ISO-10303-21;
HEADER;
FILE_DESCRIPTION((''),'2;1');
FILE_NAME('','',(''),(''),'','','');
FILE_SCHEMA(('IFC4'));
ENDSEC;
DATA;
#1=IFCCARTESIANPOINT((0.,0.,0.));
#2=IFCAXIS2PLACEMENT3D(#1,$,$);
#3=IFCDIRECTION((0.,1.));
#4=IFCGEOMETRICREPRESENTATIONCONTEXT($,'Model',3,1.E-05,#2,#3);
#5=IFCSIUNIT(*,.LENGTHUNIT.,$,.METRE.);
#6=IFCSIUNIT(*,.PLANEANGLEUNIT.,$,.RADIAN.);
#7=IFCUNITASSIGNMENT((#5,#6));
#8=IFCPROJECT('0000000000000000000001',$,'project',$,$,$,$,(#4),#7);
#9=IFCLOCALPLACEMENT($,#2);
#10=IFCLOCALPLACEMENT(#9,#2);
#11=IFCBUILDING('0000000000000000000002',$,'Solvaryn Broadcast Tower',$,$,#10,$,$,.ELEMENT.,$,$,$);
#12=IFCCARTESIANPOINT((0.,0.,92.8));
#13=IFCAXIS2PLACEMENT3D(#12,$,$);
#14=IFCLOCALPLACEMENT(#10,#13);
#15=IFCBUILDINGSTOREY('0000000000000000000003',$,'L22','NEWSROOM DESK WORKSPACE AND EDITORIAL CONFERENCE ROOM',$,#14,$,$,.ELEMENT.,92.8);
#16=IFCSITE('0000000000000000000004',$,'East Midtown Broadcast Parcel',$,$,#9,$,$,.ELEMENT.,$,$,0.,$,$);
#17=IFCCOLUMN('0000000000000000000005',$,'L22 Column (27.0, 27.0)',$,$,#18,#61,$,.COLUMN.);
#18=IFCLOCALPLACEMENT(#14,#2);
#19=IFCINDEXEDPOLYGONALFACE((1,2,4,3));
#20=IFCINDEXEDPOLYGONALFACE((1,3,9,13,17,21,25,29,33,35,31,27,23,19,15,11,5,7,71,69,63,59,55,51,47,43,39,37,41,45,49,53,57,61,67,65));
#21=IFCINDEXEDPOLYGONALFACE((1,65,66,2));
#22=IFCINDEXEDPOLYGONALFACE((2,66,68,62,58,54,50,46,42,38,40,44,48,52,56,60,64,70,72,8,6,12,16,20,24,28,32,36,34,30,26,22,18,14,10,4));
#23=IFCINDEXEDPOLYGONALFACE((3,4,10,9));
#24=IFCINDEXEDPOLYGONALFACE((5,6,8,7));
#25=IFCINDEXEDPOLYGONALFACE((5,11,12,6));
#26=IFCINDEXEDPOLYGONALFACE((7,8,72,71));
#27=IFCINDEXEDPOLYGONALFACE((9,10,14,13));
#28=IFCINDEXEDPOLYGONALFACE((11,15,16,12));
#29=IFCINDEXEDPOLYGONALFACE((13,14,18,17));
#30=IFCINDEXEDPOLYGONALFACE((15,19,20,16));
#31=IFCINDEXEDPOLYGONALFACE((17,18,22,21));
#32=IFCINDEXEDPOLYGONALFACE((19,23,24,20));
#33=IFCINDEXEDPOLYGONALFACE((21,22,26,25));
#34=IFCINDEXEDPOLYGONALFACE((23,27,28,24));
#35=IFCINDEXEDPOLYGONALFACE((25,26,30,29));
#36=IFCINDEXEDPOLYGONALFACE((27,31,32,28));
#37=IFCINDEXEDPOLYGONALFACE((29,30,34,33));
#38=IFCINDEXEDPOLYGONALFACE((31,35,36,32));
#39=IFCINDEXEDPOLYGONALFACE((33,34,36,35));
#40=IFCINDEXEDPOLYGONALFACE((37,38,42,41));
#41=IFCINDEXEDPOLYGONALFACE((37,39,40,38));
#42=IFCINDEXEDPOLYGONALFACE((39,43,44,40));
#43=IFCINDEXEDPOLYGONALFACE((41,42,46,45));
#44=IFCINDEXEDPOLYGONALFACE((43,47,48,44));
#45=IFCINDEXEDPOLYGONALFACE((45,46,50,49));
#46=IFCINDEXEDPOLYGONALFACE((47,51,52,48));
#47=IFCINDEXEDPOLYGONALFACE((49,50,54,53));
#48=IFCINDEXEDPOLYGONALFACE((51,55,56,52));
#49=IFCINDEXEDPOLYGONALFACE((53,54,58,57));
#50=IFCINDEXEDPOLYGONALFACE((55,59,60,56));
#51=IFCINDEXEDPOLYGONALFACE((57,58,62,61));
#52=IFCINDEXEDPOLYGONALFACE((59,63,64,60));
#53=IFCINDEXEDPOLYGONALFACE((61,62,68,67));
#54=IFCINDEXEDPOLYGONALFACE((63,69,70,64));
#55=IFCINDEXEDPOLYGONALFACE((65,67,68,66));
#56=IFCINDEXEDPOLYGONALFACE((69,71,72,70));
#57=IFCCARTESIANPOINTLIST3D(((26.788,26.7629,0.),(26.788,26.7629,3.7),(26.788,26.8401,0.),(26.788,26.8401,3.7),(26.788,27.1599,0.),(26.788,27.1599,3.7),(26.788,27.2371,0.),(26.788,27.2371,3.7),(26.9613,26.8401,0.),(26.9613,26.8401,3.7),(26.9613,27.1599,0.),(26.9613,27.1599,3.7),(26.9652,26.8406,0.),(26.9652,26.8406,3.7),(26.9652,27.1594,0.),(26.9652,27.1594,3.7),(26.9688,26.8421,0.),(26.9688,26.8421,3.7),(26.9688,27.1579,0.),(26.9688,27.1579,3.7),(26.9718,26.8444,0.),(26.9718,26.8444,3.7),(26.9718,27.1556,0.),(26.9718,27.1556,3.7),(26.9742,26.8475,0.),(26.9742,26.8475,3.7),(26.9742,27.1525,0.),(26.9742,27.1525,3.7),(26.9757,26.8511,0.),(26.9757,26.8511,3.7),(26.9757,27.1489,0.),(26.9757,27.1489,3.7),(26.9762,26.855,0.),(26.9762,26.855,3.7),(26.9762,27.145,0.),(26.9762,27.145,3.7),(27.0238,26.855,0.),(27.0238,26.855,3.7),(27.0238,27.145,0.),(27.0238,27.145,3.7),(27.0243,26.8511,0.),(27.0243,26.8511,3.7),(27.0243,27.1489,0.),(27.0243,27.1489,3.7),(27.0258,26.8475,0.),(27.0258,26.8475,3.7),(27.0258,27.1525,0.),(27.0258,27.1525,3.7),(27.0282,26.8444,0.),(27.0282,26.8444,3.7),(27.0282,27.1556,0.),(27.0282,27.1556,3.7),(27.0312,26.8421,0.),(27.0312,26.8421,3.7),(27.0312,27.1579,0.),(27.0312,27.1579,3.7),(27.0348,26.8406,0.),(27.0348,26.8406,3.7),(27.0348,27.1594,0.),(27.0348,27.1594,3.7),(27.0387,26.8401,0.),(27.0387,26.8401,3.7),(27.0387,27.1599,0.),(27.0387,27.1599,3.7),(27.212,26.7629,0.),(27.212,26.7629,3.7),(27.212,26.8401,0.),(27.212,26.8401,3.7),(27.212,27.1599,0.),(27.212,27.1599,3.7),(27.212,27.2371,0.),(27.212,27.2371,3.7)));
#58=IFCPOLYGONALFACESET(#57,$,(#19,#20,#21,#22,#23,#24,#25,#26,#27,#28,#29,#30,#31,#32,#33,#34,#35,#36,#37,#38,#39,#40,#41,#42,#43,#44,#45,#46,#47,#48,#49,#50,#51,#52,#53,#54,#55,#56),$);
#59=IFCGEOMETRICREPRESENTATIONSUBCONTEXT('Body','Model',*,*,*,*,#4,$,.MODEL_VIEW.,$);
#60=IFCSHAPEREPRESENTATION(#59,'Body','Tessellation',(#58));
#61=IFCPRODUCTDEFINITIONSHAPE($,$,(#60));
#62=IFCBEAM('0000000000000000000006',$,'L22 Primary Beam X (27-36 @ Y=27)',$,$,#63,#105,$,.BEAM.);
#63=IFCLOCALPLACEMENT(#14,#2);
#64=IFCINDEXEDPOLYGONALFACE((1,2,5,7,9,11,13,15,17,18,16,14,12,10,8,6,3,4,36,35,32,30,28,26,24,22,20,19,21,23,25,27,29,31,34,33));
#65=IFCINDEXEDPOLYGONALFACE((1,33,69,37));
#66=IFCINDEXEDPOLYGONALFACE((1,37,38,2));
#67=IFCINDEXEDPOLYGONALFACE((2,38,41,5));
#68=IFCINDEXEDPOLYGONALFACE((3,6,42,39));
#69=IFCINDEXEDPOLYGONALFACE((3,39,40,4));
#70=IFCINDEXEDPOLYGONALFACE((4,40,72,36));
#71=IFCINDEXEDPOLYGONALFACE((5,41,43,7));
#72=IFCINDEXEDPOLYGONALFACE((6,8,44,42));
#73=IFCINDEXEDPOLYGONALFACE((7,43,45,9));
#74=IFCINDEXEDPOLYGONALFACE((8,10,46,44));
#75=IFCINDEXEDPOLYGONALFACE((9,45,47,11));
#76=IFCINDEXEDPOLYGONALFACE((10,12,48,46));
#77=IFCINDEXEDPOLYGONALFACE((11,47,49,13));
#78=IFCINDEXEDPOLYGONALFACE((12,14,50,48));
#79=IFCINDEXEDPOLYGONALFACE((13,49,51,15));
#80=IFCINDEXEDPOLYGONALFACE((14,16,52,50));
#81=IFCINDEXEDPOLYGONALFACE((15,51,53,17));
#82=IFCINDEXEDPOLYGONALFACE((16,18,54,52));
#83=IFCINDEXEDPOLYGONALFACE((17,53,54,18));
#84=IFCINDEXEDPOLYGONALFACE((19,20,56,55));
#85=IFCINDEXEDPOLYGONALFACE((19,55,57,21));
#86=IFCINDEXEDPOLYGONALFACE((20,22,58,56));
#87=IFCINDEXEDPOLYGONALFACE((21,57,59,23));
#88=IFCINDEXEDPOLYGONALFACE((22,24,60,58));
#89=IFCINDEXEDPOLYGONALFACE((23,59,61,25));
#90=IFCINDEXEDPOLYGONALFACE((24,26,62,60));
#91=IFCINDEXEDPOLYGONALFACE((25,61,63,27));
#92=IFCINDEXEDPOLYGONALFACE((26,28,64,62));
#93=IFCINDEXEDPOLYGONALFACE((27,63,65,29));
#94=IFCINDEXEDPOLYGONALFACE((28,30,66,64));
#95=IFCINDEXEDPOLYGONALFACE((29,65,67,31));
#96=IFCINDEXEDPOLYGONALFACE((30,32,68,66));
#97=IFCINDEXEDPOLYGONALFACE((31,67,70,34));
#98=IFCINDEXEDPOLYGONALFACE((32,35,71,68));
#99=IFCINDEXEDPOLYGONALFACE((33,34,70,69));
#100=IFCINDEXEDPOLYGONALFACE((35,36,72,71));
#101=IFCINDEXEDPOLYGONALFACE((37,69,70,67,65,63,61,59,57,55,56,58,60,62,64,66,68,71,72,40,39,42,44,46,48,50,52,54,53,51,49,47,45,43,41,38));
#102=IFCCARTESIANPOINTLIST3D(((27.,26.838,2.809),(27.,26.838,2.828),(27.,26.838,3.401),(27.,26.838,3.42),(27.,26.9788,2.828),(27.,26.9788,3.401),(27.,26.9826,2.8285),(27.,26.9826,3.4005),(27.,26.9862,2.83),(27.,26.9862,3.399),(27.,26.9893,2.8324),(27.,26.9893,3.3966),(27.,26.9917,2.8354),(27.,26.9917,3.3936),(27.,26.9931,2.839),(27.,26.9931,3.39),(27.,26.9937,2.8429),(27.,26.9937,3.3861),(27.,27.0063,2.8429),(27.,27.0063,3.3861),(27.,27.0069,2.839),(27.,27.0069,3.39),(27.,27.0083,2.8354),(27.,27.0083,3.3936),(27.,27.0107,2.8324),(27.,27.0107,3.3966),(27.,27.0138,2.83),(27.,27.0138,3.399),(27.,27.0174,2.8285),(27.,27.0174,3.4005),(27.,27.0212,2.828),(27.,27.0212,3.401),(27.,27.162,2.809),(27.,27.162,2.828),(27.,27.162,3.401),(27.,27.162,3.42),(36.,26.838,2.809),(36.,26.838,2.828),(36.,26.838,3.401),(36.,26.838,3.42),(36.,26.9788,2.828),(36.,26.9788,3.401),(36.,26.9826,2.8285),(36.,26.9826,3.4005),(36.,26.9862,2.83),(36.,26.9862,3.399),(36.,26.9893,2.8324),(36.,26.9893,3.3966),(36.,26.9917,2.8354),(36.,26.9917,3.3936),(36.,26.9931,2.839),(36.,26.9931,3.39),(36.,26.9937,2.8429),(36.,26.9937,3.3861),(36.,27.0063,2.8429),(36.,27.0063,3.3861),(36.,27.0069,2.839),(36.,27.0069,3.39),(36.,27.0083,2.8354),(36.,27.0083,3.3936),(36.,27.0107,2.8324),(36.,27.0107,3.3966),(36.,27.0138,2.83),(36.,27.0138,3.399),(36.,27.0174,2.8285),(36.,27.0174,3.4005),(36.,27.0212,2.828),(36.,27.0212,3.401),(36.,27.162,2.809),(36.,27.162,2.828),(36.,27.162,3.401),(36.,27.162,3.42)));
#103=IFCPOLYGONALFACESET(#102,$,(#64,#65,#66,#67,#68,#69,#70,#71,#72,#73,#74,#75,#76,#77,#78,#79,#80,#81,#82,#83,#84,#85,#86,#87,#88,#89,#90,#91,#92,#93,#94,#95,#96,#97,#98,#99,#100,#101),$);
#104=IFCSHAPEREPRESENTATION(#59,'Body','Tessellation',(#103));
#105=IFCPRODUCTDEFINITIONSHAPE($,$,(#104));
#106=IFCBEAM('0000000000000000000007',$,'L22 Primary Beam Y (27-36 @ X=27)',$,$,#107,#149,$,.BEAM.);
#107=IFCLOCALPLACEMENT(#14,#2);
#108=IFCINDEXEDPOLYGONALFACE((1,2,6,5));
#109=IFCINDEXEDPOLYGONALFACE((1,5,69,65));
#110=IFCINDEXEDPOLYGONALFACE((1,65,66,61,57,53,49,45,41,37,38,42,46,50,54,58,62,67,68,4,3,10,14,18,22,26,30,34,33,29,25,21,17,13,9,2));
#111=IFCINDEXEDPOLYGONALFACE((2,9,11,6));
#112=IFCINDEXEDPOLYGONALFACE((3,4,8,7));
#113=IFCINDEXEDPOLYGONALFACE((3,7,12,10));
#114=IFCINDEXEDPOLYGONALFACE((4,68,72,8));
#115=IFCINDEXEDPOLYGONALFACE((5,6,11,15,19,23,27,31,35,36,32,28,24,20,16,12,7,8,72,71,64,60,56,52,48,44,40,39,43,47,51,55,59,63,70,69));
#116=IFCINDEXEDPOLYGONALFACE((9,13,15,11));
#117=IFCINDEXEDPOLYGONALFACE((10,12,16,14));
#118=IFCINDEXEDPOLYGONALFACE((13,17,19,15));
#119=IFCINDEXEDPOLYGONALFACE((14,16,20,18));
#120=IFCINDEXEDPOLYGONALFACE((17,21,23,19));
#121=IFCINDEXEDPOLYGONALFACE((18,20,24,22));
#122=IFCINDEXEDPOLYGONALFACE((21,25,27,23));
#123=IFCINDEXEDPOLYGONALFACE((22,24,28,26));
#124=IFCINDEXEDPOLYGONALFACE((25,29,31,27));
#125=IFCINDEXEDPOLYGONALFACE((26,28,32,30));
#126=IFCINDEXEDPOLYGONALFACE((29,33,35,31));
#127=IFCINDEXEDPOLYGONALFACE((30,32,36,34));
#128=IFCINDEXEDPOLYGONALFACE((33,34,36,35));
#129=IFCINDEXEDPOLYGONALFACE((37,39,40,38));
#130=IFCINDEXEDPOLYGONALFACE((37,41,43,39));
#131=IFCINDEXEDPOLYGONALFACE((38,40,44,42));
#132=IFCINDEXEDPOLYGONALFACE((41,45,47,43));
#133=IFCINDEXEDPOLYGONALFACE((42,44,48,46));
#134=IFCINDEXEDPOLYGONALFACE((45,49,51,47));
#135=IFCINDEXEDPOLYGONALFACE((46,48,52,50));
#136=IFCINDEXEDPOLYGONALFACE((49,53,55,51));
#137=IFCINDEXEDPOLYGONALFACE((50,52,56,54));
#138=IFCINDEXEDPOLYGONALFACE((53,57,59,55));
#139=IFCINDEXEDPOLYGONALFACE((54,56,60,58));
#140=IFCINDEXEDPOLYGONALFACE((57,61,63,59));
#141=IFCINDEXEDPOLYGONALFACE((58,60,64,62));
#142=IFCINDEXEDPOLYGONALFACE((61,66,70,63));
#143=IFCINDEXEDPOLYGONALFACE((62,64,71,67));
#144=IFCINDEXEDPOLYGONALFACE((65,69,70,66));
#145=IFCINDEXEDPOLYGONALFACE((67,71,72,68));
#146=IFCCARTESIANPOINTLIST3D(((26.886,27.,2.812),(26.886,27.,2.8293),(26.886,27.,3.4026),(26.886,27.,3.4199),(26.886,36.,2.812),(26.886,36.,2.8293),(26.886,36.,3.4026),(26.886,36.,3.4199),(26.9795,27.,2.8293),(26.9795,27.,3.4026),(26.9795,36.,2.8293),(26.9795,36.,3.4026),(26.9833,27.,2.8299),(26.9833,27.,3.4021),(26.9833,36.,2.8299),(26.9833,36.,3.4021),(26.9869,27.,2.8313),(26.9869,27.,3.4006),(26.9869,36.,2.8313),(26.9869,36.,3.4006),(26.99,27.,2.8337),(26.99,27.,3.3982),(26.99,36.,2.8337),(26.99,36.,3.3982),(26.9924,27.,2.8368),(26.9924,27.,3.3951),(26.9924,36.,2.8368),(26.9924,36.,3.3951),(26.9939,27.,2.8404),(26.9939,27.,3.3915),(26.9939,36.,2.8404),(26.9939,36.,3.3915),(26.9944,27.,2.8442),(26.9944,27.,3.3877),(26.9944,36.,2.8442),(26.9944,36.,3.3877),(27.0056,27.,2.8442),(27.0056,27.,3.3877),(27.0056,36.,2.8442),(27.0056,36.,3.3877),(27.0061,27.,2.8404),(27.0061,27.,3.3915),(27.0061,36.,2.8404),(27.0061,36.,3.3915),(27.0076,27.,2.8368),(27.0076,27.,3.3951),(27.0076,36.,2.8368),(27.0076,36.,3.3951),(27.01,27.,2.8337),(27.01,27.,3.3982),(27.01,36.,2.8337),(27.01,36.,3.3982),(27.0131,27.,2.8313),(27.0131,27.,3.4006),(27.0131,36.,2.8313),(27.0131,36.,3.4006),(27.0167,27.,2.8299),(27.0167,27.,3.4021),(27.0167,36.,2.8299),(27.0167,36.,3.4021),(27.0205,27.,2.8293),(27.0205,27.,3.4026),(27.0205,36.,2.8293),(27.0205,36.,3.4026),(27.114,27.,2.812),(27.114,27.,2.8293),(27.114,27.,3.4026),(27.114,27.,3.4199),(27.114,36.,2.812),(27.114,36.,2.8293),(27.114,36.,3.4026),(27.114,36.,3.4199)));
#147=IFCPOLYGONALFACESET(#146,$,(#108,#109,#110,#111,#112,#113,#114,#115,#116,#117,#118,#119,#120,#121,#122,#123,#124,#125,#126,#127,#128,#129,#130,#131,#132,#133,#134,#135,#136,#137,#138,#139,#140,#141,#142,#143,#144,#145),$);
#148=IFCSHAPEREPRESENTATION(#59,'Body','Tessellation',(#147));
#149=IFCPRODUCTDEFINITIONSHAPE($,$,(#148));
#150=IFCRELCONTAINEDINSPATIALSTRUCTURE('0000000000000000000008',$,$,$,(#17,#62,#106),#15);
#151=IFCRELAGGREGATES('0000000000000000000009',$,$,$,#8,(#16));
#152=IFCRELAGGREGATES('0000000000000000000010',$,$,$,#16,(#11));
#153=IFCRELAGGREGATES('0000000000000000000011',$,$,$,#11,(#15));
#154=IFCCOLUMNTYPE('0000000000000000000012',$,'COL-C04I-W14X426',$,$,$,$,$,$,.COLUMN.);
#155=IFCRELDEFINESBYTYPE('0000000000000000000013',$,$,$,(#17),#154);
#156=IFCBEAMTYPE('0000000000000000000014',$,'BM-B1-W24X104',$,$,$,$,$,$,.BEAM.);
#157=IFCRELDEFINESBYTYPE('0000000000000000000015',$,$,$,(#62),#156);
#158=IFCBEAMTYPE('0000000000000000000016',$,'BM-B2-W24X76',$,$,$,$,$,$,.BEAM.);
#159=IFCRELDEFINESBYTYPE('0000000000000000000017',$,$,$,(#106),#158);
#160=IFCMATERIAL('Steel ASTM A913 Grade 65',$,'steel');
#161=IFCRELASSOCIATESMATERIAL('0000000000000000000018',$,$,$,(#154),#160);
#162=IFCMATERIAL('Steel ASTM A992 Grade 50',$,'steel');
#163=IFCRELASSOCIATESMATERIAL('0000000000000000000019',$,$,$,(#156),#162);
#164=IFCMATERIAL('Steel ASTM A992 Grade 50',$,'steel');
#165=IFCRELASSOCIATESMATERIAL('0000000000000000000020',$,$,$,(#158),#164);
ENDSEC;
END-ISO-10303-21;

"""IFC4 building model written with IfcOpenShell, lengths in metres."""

from ifc_helpers import new_model, si_unit, direction, frame, origin, origin_2d, place, context, subcontext, project, spatial, i_section, extrude, material, material_profile, profile_set, type_object, element, save


model = new_model("IFC4")

# Units and contexts
model_context = context("Model", 3, precision=1e-05, world=origin(), true_north=direction((0.0, 1.0)))
body_context = subcontext(model_context, "Body", "Model", "MODEL_VIEW")
ifc_project = project(units=[si_unit("LENGTHUNIT", "METRE"), si_unit("PLANEANGLEUNIT", "RADIAN")], contexts=[model_context])

# Site, building, storey
site_placement = place(None, origin())
site = spatial("IfcSite", under=ifc_project, at=site_placement, Name="East Midtown Broadcast Parcel", CompositionType="ELEMENT", RefElevation=0.0)
building_placement = place(site_placement, origin())
building = spatial("IfcBuilding", under=site, at=building_placement, Name="Solvaryn Broadcast Tower", CompositionType="ELEMENT")
storey_placement = place(building_placement, frame((0.0, 0.0, 92.8)))
storey = spatial("IfcBuildingStorey", under=building, at=storey_placement, Name="L22", Description="NEWSROOM DESK WORKSPACE AND EDITORIAL CONFERENCE ROOM", CompositionType="ELEMENT", Elevation=92.8)

# Column
ifc_material_1 = material(Name="Steel ASTM A913 Grade 65", Category="steel")
ifc_material_profile_1 = material_profile(ifc_material_1, i_section(OverallWidth=0.4241, OverallDepth=0.4741, WebThickness=0.0476, FlangeThickness=0.0771, FilletRadius=0.0149, at=origin_2d()))
ifc_profile_set_1 = profile_set([ifc_material_profile_1], Name="Steel ASTM A913 Grade 65")
column_type = type_object("IfcColumnType", Name="COL-C04I-W14X426", PredefinedType="COLUMN", material=ifc_profile_set_1)
column_placement = place(storey_placement, frame((27.0, 27.0, 0.0), z_axis=(0.0, 0.0, 1.0), x_axis=(1.0, 0.0, 0.0)))
element("IfcColumn", 1, at=column_placement, inside=storey, type_object=column_type, Name="L22 Column (27.0, 27.0)", PredefinedType="COLUMN", context=body_context, shape_type="SweptSolid", body=[
    extrude(i_section(OverallWidth=0.4241, OverallDepth=0.4741, WebThickness=0.0476, FlangeThickness=0.0771, FilletRadius=0.0149, at=origin_2d()), origin(), (0.0, 0.0, 1.0), 3.7),
])

# Beams
ifc_material_2 = material(Name="Steel ASTM A992 Grade 50", Category="steel")
ifc_material_profile_2 = material_profile(ifc_material_2, i_section(OverallWidth=0.324, OverallDepth=0.6111, WebThickness=0.0127, FlangeThickness=0.019, FilletRadius=0.0149, at=origin_2d()))
ifc_profile_set_2 = profile_set([ifc_material_profile_2], Name="Steel ASTM A992 Grade 50")
beam_type_1 = type_object("IfcBeamType", Name="BM-B1-W24X104", PredefinedType="BEAM", material=ifc_profile_set_2)
beam_1_placement = place(storey_placement, frame((27.0, 27.0, 3.1145), z_axis=(1.0, 0.0, 0.0), x_axis=(0.0, 1.0, 0.0)))
element("IfcBeam", 2, at=beam_1_placement, inside=storey, type_object=beam_type_1, Name="L22 Primary Beam X (27-36 @ Y=27)", PredefinedType="BEAM", context=body_context, shape_type="SweptSolid", body=[
    extrude(i_section(OverallWidth=0.324, OverallDepth=0.6111, WebThickness=0.0127, FlangeThickness=0.019, FilletRadius=0.0149, at=origin_2d()), origin(), (0.0, 0.0, 1.0), 9.0),
])
ifc_material_3 = material(Name="Steel ASTM A992 Grade 50", Category="steel")
ifc_material_profile_3 = material_profile(ifc_material_3, i_section(OverallWidth=0.228, OverallDepth=0.6079, WebThickness=0.0112, FlangeThickness=0.0173, FilletRadius=0.0149, at=origin_2d()))
ifc_profile_set_3 = profile_set([ifc_material_profile_3], Name="Steel ASTM A992 Grade 50")
beam_type_2 = type_object("IfcBeamType", Name="BM-B2-W24X76", PredefinedType="BEAM", material=ifc_profile_set_3)
beam_2_placement = place(storey_placement, frame((27.0, 27.0, 3.116), z_axis=(0.0, 1.0, 0.0), x_axis=(-1.0, 0.0, 0.0)))
element("IfcBeam", 3, at=beam_2_placement, inside=storey, type_object=beam_type_2, Name="L22 Primary Beam Y (27-36 @ X=27)", PredefinedType="BEAM", context=body_context, shape_type="SweptSolid", body=[
    extrude(i_section(OverallWidth=0.228, OverallDepth=0.6079, WebThickness=0.0112, FlangeThickness=0.0173, FilletRadius=0.0149, at=origin_2d()), origin(), (0.0, 0.0, 1.0), 9.0),
])

save(model, "model.ifc")
